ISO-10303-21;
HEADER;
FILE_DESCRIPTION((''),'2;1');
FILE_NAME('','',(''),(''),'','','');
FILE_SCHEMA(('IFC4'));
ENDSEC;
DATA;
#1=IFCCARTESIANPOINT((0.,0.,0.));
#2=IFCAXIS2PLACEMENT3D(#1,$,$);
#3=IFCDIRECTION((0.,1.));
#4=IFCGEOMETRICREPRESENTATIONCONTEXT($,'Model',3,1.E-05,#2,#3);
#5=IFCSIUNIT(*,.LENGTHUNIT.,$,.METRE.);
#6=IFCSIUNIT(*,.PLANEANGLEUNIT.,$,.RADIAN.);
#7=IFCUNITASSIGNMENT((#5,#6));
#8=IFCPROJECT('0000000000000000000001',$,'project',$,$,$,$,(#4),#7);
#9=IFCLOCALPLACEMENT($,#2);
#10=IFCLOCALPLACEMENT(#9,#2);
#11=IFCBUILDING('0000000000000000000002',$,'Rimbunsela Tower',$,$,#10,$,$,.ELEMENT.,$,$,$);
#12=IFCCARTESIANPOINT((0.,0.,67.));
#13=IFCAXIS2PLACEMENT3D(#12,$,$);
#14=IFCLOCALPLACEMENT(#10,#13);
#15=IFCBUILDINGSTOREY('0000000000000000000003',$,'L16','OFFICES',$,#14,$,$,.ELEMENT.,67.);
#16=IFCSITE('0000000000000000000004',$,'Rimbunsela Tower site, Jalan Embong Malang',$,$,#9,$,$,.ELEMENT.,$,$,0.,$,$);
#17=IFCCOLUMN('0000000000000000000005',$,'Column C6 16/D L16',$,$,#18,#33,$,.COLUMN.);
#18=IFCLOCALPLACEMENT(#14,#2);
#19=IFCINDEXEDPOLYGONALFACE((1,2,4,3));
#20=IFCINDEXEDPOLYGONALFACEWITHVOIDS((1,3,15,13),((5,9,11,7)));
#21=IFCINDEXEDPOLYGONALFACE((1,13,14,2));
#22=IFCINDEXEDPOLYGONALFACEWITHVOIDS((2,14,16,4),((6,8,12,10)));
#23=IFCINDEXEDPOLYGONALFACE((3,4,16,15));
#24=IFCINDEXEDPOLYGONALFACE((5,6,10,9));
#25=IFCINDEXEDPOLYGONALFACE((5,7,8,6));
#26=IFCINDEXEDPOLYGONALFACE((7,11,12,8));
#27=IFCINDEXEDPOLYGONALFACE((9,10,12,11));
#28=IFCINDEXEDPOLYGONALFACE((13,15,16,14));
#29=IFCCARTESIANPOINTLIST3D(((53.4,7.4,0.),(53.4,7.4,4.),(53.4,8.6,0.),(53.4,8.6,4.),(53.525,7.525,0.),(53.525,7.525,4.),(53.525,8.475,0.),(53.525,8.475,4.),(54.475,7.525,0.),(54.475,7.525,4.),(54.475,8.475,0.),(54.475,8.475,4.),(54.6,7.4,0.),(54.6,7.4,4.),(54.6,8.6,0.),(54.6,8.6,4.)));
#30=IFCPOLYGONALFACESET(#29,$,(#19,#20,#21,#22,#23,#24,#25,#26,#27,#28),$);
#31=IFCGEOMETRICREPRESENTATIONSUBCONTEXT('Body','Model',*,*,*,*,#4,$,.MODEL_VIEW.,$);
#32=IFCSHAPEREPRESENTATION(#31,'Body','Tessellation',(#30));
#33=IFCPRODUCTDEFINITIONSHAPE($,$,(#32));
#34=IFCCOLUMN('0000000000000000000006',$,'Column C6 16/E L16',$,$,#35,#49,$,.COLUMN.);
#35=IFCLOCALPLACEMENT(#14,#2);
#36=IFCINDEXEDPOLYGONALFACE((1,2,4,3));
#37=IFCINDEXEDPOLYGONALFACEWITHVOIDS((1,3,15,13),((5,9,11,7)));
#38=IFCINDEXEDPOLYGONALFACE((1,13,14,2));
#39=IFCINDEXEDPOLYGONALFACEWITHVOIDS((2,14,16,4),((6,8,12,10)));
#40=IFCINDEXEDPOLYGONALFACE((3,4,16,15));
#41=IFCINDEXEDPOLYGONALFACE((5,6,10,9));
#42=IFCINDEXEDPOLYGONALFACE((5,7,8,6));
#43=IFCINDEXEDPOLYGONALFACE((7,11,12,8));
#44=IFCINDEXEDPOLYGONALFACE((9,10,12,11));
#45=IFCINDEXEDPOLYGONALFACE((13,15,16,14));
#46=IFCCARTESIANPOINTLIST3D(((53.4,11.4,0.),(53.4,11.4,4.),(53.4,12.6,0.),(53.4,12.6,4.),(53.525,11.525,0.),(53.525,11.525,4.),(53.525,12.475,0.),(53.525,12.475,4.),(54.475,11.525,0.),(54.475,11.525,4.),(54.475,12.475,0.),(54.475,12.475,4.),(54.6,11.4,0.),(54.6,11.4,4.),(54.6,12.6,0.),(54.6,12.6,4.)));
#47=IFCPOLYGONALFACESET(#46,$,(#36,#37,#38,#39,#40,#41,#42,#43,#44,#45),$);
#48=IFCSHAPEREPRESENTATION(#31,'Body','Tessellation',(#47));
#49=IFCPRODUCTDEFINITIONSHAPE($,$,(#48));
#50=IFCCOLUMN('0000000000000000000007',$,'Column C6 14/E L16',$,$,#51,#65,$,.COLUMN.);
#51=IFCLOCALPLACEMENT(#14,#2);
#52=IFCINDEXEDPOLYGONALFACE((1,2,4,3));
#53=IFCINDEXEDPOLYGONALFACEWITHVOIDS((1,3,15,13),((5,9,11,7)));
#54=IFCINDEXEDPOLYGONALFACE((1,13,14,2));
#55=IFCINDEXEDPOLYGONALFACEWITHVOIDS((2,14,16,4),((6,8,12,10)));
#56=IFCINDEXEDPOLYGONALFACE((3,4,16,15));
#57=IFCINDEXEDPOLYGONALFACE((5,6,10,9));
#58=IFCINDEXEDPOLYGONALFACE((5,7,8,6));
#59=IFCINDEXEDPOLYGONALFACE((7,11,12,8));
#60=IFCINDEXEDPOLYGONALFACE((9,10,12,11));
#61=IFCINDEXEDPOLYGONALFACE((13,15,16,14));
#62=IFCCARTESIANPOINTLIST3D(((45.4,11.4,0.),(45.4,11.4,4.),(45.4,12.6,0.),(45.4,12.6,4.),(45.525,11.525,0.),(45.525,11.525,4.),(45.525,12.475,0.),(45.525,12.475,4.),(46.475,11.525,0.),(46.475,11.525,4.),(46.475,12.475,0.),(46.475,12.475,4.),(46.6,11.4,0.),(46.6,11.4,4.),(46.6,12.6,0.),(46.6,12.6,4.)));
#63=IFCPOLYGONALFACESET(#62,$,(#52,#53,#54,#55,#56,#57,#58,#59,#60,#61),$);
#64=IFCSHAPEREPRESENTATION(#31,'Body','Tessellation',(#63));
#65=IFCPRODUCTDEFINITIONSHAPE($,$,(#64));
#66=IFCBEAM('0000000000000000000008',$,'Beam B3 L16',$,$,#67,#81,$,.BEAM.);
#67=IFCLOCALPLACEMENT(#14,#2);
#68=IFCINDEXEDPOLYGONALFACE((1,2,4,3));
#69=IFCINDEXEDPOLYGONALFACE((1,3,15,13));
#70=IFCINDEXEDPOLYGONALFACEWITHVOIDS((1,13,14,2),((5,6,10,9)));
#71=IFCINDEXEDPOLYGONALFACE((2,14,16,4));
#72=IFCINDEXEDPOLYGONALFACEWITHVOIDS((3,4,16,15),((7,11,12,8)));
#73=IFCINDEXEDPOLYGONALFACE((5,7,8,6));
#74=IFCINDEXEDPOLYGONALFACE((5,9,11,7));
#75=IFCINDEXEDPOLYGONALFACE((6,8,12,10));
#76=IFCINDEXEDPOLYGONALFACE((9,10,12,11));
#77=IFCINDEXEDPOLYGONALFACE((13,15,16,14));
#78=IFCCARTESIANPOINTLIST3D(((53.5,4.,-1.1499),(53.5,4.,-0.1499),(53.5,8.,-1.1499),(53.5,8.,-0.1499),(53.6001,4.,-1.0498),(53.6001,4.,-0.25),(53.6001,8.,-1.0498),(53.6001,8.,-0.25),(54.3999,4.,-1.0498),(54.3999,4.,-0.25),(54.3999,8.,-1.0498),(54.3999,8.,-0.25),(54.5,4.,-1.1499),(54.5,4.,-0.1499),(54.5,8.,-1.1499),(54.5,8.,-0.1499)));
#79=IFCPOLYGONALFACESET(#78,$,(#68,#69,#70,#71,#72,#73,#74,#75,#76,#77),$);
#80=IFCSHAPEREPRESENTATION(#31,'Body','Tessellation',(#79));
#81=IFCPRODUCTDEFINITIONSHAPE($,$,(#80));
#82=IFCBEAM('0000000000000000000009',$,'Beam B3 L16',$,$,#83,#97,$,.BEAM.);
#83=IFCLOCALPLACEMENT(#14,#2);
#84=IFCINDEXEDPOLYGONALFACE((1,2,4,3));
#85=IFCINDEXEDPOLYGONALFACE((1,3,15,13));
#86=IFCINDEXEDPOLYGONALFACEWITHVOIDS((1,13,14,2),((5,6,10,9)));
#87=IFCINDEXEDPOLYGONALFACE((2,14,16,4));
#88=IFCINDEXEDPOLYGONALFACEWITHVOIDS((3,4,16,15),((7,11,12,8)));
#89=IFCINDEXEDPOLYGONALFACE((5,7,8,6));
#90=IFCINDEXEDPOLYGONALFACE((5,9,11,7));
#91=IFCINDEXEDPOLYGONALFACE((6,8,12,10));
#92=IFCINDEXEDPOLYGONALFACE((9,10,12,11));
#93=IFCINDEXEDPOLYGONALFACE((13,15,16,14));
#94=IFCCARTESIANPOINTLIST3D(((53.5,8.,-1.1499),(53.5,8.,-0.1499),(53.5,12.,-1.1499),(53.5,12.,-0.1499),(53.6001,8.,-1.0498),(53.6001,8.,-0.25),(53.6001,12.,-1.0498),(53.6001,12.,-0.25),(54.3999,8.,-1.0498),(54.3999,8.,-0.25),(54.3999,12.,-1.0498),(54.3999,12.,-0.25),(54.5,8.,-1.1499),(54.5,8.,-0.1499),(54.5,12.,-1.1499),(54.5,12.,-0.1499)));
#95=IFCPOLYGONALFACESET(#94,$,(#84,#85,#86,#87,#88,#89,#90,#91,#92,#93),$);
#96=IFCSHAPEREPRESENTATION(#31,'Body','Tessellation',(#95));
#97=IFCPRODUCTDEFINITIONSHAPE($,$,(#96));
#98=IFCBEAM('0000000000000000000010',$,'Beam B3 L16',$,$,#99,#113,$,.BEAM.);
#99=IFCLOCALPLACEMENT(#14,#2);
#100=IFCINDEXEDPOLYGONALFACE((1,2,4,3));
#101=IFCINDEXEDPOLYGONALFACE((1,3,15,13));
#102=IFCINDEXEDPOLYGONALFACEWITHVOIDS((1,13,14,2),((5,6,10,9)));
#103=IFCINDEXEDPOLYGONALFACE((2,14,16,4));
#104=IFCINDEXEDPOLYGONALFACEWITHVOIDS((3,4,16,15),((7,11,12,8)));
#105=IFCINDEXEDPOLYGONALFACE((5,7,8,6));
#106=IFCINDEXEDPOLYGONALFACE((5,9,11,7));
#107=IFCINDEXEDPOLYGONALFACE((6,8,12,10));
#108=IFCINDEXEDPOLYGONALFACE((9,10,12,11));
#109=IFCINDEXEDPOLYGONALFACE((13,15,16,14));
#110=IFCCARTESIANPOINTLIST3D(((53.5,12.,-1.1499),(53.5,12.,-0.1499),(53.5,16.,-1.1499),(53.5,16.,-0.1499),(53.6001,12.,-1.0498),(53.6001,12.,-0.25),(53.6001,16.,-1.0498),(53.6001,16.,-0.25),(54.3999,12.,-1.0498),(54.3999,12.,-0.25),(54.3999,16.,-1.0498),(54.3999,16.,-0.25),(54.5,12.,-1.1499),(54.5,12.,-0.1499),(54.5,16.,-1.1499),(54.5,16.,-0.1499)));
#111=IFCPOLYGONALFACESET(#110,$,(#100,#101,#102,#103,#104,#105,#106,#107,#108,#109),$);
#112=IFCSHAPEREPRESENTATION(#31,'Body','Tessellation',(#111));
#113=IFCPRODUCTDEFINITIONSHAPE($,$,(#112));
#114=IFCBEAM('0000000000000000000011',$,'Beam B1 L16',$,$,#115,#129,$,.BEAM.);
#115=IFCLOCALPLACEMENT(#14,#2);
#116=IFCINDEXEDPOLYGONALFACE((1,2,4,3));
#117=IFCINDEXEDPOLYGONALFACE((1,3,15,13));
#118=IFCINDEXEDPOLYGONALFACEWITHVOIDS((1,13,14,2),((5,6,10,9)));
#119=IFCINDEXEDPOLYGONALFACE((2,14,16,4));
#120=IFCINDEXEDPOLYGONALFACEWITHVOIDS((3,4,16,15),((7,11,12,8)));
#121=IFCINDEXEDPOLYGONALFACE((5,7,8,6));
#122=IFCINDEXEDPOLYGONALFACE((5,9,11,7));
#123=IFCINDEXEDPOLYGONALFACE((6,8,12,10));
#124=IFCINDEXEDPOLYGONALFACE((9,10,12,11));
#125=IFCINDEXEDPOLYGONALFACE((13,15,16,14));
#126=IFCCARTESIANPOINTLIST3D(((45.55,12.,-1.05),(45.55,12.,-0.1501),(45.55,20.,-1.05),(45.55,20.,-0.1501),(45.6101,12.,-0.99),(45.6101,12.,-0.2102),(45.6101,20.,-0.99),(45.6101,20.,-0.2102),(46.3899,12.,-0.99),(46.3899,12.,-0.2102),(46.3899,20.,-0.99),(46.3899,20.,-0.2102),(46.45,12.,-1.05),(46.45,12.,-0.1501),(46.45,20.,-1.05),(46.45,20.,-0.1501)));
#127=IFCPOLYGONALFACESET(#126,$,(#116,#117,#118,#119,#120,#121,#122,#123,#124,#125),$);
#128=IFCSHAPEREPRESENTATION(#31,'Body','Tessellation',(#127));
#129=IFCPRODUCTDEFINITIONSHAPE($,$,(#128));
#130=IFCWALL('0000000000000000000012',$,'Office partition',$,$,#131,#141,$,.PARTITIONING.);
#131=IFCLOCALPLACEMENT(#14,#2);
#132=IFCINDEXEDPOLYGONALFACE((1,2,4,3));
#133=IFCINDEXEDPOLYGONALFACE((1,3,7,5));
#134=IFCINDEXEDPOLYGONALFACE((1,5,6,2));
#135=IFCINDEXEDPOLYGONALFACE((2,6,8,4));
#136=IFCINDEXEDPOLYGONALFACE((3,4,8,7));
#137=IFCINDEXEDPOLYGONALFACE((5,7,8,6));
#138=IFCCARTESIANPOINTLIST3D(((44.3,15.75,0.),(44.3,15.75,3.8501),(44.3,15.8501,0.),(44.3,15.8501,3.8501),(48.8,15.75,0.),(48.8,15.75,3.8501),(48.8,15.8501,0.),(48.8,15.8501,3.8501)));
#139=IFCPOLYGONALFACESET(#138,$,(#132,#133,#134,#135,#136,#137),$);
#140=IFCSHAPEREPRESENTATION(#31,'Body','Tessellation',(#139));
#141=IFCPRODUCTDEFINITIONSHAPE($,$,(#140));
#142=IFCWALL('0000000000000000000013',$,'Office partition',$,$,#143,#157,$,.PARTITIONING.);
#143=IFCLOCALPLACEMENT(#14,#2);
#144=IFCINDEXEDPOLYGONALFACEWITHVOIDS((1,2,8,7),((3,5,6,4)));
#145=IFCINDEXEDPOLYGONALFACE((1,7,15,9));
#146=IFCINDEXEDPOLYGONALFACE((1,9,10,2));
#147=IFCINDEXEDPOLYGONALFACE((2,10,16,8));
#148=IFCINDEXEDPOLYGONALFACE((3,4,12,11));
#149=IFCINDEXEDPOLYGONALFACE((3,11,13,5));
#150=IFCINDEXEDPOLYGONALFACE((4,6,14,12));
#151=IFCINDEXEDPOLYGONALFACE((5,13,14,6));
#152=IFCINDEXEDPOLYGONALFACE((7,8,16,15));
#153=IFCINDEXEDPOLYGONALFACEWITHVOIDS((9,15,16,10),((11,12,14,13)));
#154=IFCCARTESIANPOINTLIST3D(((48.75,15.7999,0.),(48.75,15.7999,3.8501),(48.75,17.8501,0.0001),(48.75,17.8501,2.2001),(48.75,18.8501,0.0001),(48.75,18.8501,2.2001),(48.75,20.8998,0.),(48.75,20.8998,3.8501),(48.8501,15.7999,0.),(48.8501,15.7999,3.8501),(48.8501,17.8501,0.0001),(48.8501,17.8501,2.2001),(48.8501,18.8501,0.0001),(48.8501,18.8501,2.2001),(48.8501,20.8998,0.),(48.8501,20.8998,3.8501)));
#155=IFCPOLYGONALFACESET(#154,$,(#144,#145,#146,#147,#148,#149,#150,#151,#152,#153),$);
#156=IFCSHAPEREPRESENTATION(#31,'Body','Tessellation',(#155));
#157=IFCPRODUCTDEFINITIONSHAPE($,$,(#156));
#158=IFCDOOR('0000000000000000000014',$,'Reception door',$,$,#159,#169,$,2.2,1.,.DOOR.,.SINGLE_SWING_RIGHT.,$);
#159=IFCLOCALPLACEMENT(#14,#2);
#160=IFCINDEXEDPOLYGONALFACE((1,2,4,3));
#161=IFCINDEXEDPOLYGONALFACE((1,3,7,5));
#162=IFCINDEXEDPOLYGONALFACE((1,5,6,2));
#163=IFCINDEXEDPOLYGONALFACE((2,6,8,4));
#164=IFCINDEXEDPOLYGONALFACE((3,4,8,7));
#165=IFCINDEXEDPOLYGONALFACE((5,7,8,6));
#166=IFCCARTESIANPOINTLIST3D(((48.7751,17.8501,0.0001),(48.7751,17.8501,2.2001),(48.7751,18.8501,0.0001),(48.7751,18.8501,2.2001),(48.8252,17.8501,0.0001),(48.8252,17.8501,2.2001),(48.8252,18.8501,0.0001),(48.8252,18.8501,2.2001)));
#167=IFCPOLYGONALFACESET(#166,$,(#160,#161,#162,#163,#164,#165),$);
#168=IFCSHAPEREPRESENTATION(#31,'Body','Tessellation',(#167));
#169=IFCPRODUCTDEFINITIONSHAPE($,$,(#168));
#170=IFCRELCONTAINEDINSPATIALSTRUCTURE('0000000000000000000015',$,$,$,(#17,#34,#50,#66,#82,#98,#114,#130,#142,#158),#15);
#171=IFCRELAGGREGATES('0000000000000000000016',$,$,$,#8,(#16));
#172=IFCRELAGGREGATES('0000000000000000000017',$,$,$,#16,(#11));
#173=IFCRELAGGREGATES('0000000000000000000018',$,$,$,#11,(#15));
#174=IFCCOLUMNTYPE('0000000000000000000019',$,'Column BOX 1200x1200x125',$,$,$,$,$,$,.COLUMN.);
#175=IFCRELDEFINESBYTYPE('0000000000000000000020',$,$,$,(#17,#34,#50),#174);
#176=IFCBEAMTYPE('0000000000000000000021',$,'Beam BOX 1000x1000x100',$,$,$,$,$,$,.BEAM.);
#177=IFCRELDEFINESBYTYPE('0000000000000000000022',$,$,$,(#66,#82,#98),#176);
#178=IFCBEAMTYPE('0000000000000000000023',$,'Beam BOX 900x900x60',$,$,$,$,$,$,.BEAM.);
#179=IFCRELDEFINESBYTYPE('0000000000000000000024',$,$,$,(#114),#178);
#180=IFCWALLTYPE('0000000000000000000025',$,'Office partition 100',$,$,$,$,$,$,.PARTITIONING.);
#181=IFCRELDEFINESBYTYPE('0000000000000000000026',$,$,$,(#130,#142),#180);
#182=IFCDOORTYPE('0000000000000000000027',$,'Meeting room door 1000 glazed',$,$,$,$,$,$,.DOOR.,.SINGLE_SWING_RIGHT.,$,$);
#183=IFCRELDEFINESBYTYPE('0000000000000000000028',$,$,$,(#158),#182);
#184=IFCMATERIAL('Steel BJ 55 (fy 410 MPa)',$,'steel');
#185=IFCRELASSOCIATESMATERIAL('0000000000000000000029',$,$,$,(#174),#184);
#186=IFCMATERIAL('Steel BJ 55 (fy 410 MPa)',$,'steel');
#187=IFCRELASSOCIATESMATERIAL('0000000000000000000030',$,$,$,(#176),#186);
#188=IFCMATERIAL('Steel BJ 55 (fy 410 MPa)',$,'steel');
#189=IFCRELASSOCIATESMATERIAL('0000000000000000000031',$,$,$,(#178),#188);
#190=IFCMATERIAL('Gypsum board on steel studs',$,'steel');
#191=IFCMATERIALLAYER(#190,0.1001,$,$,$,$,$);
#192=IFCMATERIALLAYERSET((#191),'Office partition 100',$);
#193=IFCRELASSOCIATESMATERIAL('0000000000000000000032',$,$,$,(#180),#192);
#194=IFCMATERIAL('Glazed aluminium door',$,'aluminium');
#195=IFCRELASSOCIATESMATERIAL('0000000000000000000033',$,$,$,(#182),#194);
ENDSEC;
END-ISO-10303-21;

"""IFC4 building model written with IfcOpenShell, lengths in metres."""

from ifc_helpers import new_model, si_unit, direction, frame, frame_2d, origin, origin_2d, place, context, subcontext, project, spatial, rectangle, hollow_rectangle, extrude, material, layer, layer_set, material_profile, profile_set, type_object, element, fill, save


model = new_model("IFC4")

# Units and contexts
model_context = context("Model", 3, precision=1e-05, world=origin(), true_north=direction((0.0, 1.0)))
body_context = subcontext(model_context, "Body", "Model", "MODEL_VIEW")
ifc_project = project(units=[si_unit("LENGTHUNIT", "METRE"), si_unit("PLANEANGLEUNIT", "RADIAN")], contexts=[model_context])

# Site, building, storey
site_placement = place(None, origin())
site = spatial("IfcSite", under=ifc_project, at=site_placement, Name="Rimbunsela Tower site, Jalan Embong Malang", CompositionType="ELEMENT", RefElevation=0.0)
building_placement = place(site_placement, origin())
building = spatial("IfcBuilding", under=site, at=building_placement, Name="Rimbunsela Tower", CompositionType="ELEMENT")
storey_placement = place(building_placement, frame((0.0, 0.0, 67.0)))
storey = spatial("IfcBuildingStorey", under=building, at=storey_placement, Name="L16", Description="OFFICES", CompositionType="ELEMENT", Elevation=67.0)

# Columns
ifc_material_1 = material(Name="Steel BJ 55 (fy 410 MPa)", Category="steel")
ifc_material_profile_1 = material_profile(ifc_material_1, hollow_rectangle(XDim=1.2, YDim=1.2, WallThickness=0.125, at=origin_2d()), Name="BOX 1200x1200x125")
ifc_profile_set_1 = profile_set([ifc_material_profile_1], Name="Steel BJ 55 (fy 410 MPa)")
column_type = type_object("IfcColumnType", Name="Column BOX 1200x1200x125", PredefinedType="COLUMN", material=ifc_profile_set_1)
for number, where, z_axis, x_axis, name in (
    (1, (54.0, 8.0, 0.0), (0.0, 0.0, 1.0), (1.0, 0.0, 0.0), "Column C6 16/D L16"),
    (2, (54.0, 12.0, 0.0), (0.0, 0.0, 1.0), (1.0, 0.0, 0.0), "Column C6 16/E L16"),
    (3, (46.0, 12.0, 0.0), (0.0, 0.0, 1.0), (1.0, 0.0, 0.0), "Column C6 14/E L16"),
):
    element("IfcColumn", number, at=place(storey_placement, frame(where, z_axis=z_axis, x_axis=x_axis)), inside=storey, type_object=column_type, Name=name, PredefinedType="COLUMN", context=body_context, shape_type="SweptSolid", body=[
        extrude(hollow_rectangle(XDim=1.2, YDim=1.2, WallThickness=0.125, at=origin_2d()), origin(), (0.0, 0.0, 1.0), 4.0),
    ])

# Beams
ifc_material_2 = material(Name="Steel BJ 55 (fy 410 MPa)", Category="steel")
ifc_material_profile_2 = material_profile(ifc_material_2, hollow_rectangle(XDim=1.0, YDim=1.0, WallThickness=0.1001, at=origin_2d()), Name="BOX 1000x1000x100")
ifc_profile_set_2 = profile_set([ifc_material_profile_2], Name="Steel BJ 55 (fy 410 MPa)")
beam_type_1 = type_object("IfcBeamType", Name="Beam BOX 1000x1000x100", PredefinedType="BEAM", material=ifc_profile_set_2)
for number, where, z_axis, x_axis, name in (
    (4, (54.0, 4.0, -0.6499), (0.0, 1.0, 0.0), (-1.0, 0.0, 0.0), "Beam B3 L16"),
    (5, (54.0, 8.0, -0.6499), (0.0, 1.0, 0.0), (-1.0, 0.0, 0.0), "Beam B3 L16"),
    (6, (54.0, 12.0, -0.6499), (0.0, 1.0, 0.0), (-1.0, 0.0, 0.0), "Beam B3 L16"),
):
    element("IfcBeam", number, at=place(storey_placement, frame(where, z_axis=z_axis, x_axis=x_axis)), inside=storey, type_object=beam_type_1, Name=name, PredefinedType="BEAM", context=body_context, shape_type="SweptSolid", body=[
        extrude(hollow_rectangle(XDim=1.0, YDim=1.0, WallThickness=0.1001, at=origin_2d()), origin(), (0.0, 0.0, 1.0), 4.0),
    ])
ifc_material_3 = material(Name="Steel BJ 55 (fy 410 MPa)", Category="steel")
ifc_material_profile_3 = material_profile(ifc_material_3, hollow_rectangle(XDim=0.8999, YDim=0.8999, WallThickness=0.0601, at=origin_2d()), Name="BOX 900x900x60")
ifc_profile_set_3 = profile_set([ifc_material_profile_3], Name="Steel BJ 55 (fy 410 MPa)")
beam_type_2 = type_object("IfcBeamType", Name="Beam BOX 900x900x60", PredefinedType="BEAM", material=ifc_profile_set_3)
beam_placement = place(storey_placement, frame((46.0, 12.0, -0.6001), z_axis=(0.0, 1.0, 0.0), x_axis=(-1.0, 0.0, 0.0)))
element("IfcBeam", 7, at=beam_placement, inside=storey, type_object=beam_type_2, Name="Beam B1 L16", PredefinedType="BEAM", context=body_context, shape_type="SweptSolid", body=[
    extrude(hollow_rectangle(XDim=0.8999, YDim=0.8999, WallThickness=0.0601, at=origin_2d()), origin(), (0.0, 0.0, 1.0), 8.0),
])

# Wall
ifc_material_4 = material(Name="Gypsum board on steel studs", Category="steel")
ifc_layer_1 = layer(ifc_material_4, 0.1001)
ifc_layer_set_1 = layer_set([ifc_layer_1], Name="Office partition 100")
wall_type_1 = type_object("IfcWallType", Name="Office partition 100", PredefinedType="PARTITIONING", material=ifc_layer_set_1)
wall_1_placement = place(storey_placement, frame((44.3, 15.8, 0.0), z_axis=(0.0, 0.0, 1.0), x_axis=(1.0, 0.0, 0.0)))
element("IfcWall", 8, at=wall_1_placement, inside=storey, type_object=wall_type_1, Name="Office partition", PredefinedType="PARTITIONING", context=body_context, shape_type="SweptSolid", body=[
    extrude(rectangle(XDim=4.5, YDim=0.1001, at=frame_2d((2.25, 0.0))), origin(), (0.0, 0.0, 1.0), 3.8501),
])

# Wall, opening, door
wall_2_placement = place(storey_placement, frame((48.8, 15.8, 0.0), z_axis=(0.0, 0.0, 1.0), x_axis=(0.0, 1.0, 0.0)))
wall_2 = element("IfcWall", 9, at=wall_2_placement, inside=storey, type_object=wall_type_1, Name="Office partition", PredefinedType="PARTITIONING", context=body_context, shape_type="SweptSolid", body=[
    extrude(rectangle(XDim=5.0999, YDim=0.1001, at=frame_2d((2.5498, 0.0))), origin(), (0.0, 0.0, 1.0), 3.8501),
])
opening_1_placement = place(wall_2_placement, frame((2.05, 0.0, 0.0)))
opening_1 = element("IfcOpeningElement", 10, at=opening_1_placement, cuts=wall_2, PredefinedType="OPENING", context=body_context, shape_type="SweptSolid", body=[
    extrude(rectangle(XDim=1.0, YDim=2.2, at=frame_2d((0.5, 1.1001))), frame((0.0, 0.0601, 0.0), z_axis=(0.0, -1.0, 0.0), x_axis=(1.0, 0.0, 0.0)), (0.0, 0.0, 1.0), 0.1201),
])
ifc_material_5 = material(Name="Glazed aluminium door", Category="aluminium")
door_type_1 = type_object("IfcDoorType", Name="Meeting room door 1000 glazed", OperationType="SINGLE_SWING_RIGHT", PredefinedType="DOOR", material=ifc_material_5)
door_1_placement = place(opening_1_placement, origin())
door_1 = element("IfcDoor", 11, at=door_1_placement, inside=storey, type_object=door_type_1, Name="Reception door", OperationType="SINGLE_SWING_RIGHT", OverallHeight=2.2, OverallWidth=1.0, PredefinedType="DOOR", context=body_context, shape_type="SweptSolid", body=[
    extrude(rectangle(XDim=1.0, YDim=2.2, at=frame_2d((0.5, 1.1001))), frame((0.0, 0.0249, 0.0), z_axis=(0.0, -1.0, 0.0), x_axis=(1.0, 0.0, 0.0)), (0.0, 0.0, 1.0), 0.05),
])
fill(opening_1, door_1)

save(model, "model.ifc")
